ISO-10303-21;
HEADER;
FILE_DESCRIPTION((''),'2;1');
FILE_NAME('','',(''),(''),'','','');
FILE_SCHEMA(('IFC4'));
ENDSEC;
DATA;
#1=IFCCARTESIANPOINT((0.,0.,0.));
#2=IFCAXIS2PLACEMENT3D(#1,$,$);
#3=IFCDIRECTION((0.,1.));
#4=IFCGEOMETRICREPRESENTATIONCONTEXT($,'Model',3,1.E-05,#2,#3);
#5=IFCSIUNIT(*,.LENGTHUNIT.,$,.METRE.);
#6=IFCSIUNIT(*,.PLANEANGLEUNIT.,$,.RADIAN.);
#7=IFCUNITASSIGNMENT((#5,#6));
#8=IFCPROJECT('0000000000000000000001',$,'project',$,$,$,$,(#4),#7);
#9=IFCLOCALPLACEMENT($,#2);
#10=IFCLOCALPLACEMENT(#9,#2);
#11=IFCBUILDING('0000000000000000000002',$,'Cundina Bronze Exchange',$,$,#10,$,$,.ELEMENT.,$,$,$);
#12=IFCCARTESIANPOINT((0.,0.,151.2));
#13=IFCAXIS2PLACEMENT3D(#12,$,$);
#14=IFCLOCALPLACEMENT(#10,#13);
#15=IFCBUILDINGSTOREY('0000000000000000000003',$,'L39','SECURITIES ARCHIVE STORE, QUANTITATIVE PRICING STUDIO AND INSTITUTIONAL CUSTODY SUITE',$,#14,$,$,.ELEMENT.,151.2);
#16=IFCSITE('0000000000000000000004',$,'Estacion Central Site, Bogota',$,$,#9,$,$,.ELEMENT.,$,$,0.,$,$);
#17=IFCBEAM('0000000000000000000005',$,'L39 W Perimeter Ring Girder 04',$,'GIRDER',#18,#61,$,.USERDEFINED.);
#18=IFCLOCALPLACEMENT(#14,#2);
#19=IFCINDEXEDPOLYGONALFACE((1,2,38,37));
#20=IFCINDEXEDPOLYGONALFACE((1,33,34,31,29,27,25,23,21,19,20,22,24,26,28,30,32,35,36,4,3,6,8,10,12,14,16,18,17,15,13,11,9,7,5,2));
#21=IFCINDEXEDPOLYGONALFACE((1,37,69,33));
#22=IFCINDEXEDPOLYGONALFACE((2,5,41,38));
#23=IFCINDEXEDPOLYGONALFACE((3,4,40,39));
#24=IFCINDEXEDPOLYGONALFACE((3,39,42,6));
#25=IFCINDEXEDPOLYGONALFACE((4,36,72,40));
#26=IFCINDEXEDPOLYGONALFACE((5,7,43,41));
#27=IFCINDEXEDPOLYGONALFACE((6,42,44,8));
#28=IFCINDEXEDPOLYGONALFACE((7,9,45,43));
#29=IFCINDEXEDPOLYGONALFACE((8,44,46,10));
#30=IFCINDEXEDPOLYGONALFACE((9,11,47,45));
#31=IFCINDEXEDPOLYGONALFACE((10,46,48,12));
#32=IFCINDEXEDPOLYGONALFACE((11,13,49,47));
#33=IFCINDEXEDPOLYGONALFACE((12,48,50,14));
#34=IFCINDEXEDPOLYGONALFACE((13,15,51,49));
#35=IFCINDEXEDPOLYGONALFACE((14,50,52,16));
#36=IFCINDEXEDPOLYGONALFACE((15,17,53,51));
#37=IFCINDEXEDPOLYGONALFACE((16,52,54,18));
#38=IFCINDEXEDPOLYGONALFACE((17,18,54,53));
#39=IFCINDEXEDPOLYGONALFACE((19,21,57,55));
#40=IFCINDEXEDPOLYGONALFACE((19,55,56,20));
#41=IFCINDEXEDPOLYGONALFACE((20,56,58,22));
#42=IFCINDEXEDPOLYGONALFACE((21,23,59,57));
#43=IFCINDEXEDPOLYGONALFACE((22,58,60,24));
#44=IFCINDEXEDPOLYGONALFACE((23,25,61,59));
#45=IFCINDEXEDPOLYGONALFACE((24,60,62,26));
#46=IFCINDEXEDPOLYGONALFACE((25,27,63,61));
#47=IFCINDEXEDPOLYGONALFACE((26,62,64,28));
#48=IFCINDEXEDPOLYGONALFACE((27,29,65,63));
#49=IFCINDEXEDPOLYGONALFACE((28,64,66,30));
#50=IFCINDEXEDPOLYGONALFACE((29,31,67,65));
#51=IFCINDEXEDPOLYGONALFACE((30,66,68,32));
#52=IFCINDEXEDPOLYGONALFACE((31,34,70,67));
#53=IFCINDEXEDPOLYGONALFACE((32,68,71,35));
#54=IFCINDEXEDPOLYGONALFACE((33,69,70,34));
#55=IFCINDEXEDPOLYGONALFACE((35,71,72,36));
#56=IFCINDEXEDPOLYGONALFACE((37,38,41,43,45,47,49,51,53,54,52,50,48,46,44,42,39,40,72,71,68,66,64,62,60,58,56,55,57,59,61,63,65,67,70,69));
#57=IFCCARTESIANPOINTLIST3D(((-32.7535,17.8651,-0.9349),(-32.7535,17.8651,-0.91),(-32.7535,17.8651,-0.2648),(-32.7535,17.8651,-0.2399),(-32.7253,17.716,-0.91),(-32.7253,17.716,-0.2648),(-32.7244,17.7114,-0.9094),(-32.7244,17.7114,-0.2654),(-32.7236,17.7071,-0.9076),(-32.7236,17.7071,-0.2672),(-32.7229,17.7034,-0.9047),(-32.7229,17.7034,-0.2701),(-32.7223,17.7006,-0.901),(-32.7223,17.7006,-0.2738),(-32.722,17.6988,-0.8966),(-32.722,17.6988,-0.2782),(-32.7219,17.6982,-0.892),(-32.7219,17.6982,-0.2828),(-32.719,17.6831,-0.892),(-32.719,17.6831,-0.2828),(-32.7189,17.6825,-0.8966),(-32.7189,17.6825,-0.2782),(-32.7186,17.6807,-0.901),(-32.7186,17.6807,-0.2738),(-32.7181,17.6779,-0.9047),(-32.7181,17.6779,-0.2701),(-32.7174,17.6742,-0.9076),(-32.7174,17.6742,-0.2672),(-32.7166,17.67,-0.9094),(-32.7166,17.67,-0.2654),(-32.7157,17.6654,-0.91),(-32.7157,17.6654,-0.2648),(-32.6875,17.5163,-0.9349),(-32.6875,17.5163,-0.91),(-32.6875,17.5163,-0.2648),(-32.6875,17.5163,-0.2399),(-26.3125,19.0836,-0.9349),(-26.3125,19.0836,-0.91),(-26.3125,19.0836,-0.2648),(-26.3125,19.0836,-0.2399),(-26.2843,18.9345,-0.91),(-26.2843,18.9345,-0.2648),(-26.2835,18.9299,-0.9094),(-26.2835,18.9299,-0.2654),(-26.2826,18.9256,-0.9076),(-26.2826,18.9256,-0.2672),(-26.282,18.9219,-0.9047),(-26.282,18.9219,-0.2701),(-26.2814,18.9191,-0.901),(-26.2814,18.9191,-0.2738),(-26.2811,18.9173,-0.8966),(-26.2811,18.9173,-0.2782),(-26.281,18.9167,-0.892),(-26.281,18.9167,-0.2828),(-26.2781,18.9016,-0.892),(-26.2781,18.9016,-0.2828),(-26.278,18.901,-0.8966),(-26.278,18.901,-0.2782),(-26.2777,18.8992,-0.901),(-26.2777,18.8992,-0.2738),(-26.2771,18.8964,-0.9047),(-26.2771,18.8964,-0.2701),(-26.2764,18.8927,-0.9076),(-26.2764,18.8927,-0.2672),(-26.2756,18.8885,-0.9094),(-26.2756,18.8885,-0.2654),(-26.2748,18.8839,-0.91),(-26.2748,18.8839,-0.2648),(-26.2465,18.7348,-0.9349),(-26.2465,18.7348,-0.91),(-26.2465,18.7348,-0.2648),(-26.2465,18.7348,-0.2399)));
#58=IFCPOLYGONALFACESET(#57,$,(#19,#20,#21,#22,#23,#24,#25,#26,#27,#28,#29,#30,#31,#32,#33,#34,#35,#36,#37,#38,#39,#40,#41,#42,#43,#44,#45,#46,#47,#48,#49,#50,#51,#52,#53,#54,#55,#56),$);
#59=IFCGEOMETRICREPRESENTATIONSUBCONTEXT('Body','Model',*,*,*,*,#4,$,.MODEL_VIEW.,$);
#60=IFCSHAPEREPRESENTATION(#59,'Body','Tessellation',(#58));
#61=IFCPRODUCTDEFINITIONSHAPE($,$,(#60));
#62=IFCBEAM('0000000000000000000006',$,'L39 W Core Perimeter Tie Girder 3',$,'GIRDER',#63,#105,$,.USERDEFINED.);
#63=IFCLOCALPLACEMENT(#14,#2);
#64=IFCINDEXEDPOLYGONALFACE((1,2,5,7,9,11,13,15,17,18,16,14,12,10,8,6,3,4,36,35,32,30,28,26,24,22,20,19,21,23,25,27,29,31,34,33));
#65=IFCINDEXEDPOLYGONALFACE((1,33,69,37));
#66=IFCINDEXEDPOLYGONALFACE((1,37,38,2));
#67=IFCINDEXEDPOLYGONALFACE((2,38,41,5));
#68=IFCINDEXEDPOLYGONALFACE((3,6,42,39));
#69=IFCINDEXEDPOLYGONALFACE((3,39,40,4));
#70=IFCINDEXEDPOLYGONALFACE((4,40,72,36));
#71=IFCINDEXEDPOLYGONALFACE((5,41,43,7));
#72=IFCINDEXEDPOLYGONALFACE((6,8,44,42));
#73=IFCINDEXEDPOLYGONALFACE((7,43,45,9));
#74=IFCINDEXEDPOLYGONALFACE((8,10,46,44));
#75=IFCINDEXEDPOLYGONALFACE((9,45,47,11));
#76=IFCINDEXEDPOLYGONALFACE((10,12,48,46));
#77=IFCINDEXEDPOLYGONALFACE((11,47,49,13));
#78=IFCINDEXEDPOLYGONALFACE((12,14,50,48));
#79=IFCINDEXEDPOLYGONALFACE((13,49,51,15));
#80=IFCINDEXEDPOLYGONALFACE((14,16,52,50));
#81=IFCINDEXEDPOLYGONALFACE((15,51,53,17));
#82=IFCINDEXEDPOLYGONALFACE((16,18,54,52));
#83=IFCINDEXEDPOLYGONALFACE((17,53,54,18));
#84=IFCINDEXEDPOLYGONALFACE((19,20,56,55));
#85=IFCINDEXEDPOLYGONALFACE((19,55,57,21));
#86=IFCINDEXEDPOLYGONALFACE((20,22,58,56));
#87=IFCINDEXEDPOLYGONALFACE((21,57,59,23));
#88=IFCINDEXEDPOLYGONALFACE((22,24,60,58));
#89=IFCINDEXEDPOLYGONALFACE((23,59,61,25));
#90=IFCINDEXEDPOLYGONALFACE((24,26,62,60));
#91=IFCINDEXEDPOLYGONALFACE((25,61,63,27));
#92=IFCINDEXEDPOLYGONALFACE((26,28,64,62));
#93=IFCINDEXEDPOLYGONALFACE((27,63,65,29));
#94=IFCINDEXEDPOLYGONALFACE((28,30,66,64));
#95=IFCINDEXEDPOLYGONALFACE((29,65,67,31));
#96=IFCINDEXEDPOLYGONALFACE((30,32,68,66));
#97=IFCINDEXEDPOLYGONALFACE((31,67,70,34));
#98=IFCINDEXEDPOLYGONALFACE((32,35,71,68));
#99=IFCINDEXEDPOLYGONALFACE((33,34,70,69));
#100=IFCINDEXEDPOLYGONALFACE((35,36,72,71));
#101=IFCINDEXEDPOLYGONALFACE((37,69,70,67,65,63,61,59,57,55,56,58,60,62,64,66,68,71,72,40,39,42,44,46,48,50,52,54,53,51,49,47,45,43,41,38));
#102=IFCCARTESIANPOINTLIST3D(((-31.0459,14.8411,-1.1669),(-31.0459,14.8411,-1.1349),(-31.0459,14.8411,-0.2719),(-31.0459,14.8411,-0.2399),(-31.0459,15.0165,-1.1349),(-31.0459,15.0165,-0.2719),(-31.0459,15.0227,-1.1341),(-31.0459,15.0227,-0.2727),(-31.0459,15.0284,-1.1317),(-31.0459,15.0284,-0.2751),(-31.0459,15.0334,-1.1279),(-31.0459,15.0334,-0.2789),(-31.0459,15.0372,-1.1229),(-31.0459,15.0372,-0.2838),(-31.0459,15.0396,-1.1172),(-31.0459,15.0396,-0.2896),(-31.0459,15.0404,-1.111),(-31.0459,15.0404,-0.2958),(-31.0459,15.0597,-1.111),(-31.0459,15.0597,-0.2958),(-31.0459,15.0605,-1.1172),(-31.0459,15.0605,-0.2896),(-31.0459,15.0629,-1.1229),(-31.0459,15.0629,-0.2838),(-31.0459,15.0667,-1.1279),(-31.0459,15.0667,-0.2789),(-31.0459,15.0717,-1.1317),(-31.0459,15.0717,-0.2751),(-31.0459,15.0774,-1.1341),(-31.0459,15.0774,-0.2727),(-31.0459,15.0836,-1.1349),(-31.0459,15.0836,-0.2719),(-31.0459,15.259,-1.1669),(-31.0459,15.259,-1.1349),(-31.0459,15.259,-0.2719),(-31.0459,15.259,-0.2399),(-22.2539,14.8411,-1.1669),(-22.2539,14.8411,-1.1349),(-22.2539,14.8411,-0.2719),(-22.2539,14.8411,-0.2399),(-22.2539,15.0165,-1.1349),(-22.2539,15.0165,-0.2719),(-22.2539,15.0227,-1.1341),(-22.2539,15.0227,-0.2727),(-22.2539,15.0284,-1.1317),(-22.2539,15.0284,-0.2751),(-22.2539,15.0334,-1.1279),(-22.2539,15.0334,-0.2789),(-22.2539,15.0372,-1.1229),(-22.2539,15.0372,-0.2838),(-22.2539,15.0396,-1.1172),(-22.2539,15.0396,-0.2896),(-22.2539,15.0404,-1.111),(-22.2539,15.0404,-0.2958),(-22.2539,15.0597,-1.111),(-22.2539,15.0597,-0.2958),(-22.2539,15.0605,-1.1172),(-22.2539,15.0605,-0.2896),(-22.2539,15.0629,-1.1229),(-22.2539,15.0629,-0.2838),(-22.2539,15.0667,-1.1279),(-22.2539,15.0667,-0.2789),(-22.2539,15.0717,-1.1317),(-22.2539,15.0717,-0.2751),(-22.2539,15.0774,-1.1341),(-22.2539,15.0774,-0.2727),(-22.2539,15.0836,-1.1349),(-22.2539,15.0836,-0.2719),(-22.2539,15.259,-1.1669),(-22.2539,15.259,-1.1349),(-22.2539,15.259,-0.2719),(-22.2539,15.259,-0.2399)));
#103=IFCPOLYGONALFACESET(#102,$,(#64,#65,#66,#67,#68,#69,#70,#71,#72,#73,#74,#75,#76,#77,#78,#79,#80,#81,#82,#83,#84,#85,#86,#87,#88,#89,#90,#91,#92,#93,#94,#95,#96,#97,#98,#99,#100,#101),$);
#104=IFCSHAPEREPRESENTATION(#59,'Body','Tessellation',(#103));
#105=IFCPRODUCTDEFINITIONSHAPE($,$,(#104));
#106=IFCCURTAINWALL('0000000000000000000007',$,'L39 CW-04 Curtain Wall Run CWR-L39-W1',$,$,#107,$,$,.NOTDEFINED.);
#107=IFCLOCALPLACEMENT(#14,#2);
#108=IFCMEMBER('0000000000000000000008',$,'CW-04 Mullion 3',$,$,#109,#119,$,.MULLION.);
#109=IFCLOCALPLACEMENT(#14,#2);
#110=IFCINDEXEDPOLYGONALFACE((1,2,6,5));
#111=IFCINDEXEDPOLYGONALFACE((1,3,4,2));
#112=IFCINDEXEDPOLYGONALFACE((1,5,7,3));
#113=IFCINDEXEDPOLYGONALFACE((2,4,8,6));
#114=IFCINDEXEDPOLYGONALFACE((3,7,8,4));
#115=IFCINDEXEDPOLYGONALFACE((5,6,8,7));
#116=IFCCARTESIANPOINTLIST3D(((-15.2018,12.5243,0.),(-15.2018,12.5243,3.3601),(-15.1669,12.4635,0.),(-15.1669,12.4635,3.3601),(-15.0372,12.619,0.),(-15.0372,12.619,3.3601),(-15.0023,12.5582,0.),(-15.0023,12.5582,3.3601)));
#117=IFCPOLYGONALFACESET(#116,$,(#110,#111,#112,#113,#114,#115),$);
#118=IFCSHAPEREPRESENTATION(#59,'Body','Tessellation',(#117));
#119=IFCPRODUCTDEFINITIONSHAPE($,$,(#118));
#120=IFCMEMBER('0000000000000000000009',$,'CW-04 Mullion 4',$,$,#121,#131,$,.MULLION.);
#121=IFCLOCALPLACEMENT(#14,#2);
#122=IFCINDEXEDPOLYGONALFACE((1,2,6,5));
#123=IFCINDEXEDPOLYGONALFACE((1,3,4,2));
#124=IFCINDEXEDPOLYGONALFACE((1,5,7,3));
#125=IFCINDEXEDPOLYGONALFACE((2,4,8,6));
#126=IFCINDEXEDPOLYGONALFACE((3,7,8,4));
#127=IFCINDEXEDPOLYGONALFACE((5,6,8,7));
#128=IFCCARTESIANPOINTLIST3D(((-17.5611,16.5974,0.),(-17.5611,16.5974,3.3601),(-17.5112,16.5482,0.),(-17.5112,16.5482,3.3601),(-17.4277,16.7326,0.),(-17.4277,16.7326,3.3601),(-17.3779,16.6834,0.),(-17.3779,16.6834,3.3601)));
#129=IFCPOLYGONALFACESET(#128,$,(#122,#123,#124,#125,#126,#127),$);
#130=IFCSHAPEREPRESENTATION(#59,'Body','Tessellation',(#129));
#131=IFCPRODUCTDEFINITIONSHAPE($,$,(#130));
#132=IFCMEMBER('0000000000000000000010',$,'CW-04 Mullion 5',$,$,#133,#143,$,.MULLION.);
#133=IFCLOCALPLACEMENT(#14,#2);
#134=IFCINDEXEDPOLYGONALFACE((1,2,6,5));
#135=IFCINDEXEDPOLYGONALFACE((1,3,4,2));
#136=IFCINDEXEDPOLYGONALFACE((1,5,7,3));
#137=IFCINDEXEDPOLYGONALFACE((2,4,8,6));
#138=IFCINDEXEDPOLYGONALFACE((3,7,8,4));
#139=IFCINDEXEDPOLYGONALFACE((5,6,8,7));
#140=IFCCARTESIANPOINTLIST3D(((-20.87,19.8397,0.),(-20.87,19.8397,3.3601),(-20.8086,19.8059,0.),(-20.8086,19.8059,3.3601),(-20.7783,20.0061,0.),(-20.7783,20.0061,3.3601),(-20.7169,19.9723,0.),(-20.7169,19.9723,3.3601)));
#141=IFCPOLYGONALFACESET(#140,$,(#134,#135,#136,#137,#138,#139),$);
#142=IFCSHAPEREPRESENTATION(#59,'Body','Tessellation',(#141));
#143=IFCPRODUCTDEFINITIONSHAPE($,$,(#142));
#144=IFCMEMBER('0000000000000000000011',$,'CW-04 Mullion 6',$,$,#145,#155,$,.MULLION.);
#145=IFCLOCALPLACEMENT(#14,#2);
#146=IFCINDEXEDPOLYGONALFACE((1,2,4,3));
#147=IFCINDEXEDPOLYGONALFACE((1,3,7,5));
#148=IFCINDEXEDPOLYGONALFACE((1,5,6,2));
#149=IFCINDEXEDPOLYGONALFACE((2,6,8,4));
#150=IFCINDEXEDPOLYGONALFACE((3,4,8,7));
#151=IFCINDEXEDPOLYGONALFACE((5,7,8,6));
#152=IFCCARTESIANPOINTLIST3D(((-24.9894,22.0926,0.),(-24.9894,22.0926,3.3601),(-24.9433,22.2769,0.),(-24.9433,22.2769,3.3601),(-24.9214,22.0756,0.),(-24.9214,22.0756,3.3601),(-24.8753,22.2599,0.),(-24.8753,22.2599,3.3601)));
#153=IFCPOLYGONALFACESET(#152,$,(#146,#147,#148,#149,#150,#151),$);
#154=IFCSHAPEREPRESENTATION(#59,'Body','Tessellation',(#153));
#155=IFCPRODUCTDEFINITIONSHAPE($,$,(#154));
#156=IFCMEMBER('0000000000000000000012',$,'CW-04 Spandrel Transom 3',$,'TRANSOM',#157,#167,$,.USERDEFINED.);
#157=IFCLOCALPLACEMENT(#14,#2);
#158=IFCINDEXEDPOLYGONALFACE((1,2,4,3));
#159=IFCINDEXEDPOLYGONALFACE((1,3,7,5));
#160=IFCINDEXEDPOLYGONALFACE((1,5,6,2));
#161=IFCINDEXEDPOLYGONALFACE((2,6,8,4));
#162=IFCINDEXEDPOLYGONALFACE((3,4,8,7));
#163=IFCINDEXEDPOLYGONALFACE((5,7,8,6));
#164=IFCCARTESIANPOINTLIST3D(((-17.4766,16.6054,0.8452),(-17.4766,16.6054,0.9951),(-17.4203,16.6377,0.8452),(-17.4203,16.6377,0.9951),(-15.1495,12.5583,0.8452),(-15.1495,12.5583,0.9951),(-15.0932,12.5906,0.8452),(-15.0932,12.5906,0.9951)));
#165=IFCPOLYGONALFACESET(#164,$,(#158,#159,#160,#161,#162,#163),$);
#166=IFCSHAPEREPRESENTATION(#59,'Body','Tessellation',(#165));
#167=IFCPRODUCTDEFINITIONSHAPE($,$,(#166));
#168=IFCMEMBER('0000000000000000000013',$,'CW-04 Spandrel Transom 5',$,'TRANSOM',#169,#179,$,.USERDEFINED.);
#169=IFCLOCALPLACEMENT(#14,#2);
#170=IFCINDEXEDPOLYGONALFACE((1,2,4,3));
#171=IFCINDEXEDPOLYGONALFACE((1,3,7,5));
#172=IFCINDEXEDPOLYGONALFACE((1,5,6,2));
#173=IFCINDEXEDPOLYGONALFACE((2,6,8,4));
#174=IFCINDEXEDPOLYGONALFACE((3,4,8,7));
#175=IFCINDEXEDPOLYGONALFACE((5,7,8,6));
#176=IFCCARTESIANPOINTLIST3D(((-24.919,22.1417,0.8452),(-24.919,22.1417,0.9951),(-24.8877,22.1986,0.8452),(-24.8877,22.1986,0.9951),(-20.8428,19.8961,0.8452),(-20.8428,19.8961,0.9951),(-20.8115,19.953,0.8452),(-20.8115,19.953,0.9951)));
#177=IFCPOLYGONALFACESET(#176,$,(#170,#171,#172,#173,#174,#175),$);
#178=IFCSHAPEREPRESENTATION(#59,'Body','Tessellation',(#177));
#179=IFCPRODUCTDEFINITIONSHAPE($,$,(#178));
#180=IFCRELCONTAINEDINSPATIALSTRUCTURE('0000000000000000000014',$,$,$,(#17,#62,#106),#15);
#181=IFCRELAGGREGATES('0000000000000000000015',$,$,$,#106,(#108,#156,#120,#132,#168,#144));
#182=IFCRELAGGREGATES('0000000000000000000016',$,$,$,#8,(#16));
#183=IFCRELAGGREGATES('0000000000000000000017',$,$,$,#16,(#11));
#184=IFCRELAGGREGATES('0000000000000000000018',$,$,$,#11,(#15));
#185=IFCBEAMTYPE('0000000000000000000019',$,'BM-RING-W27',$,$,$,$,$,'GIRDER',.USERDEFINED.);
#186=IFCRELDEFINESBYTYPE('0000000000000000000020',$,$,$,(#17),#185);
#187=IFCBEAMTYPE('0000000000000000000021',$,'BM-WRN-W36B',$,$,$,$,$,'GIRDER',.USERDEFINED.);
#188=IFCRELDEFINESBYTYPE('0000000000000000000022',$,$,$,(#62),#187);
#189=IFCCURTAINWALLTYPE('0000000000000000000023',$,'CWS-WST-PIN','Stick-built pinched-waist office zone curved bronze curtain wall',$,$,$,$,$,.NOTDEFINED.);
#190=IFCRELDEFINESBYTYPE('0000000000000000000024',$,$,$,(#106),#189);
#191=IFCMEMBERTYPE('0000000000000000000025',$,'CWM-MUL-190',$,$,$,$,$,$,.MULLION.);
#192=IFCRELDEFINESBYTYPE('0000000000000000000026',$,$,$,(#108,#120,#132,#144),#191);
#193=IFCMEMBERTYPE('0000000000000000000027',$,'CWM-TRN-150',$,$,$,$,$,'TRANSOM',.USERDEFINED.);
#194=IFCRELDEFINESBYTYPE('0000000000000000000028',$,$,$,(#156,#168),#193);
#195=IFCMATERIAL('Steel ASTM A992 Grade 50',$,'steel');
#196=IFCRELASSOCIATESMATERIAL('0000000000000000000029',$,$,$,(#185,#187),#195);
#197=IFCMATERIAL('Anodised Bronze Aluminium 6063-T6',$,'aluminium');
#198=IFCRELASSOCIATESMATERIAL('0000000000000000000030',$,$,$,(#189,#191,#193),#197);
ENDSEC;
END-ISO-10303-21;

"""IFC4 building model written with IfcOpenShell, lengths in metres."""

from ifc_helpers import new_model, si_unit, direction, frame, origin, origin_2d, place, context, subcontext, project, spatial, rectangle, i_section, extrude, material, material_profile, profile_set, type_object, element, aggregate, save


model = new_model("IFC4")

# Units and contexts
model_context = context("Model", 3, precision=1e-05, world=origin(), true_north=direction((0.0, 1.0)))
body_context = subcontext(model_context, "Body", "Model", "MODEL_VIEW")
ifc_project = project(units=[si_unit("LENGTHUNIT", "METRE"), si_unit("PLANEANGLEUNIT", "RADIAN")], contexts=[model_context])

# Site, building, storey
site_placement = place(None, origin())
site = spatial("IfcSite", under=ifc_project, at=site_placement, Name="Estacion Central Site, Bogota", CompositionType="ELEMENT", RefElevation=0.0)
building_placement = place(site_placement, origin())
building = spatial("IfcBuilding", under=site, at=building_placement, Name="Cundina Bronze Exchange", CompositionType="ELEMENT")
storey_placement = place(building_placement, frame((0.0, 0.0, 151.2)))
storey = spatial("IfcBuildingStorey", under=building, at=storey_placement, Name="L39", Description="SECURITIES ARCHIVE STORE, QUANTITATIVE PRICING STUDIO AND INSTITUTIONAL CUSTODY SUITE", CompositionType="ELEMENT", Elevation=151.2)

# Shared definitions
ifc_material_1 = material(Name="Steel ASTM A992 Grade 50", Category="steel")

# Beams
ifc_material_profile_1 = material_profile(ifc_material_1, i_section(OverallWidth=0.355, OverallDepth=0.6951, WebThickness=0.0154, FlangeThickness=0.0249, FilletRadius=0.0181, at=origin_2d()), Name="W27X146", Category="steel")
ifc_profile_set_1 = profile_set([ifc_material_profile_1], Name="Steel ASTM A992 Grade 50")
beam_type_1 = type_object("IfcBeamType", Name="BM-RING-W27", ElementType="GIRDER", PredefinedType="USERDEFINED", material=ifc_profile_set_1)
beam_1_placement = place(storey_placement, frame((-26.2795, 18.9092, -0.5874), z_axis=(-0.982572, -0.185885, 0.0), x_axis=(0.185885, -0.982572, 0.0)))
element("IfcBeam", 1, at=beam_1_placement, inside=storey, type_object=beam_type_1, Name="L39 W Perimeter Ring Girder 04", ObjectType="GIRDER", PredefinedType="USERDEFINED", context=body_context, shape_type="SweptSolid", body=[
    extrude(i_section(OverallWidth=0.355, OverallDepth=0.6951, WebThickness=0.0154, FlangeThickness=0.0249, FilletRadius=0.0181, at=origin_2d()), origin(), (0.0, 0.0, 1.0), 6.5552),
])
ifc_material_profile_2 = material_profile(ifc_material_1, i_section(OverallWidth=0.418, OverallDepth=0.927, WebThickness=0.0193, FlangeThickness=0.032, FilletRadius=0.0239, at=origin_2d()), Name="W36X231", Category="steel")
ifc_profile_set_2 = profile_set([ifc_material_profile_2], Name="Steel ASTM A992 Grade 50")
beam_type_2 = type_object("IfcBeamType", Name="BM-WRN-W36B", ElementType="GIRDER", PredefinedType="USERDEFINED", material=ifc_profile_set_2)
beam_2_placement = place(storey_placement, frame((-22.2539, 15.05, -0.7034), z_axis=(-1.0, 0.0, 0.0), x_axis=(0.0, -1.0, 0.0)))
element("IfcBeam", 2, at=beam_2_placement, inside=storey, type_object=beam_type_2, Name="L39 W Core Perimeter Tie Girder 3", ObjectType="GIRDER", PredefinedType="USERDEFINED", context=body_context, shape_type="SweptSolid", body=[
    extrude(i_section(OverallWidth=0.418, OverallDepth=0.927, WebThickness=0.0193, FlangeThickness=0.032, FilletRadius=0.0239, at=origin_2d()), origin(), (0.0, 0.0, 1.0), 8.792),
])

# Curtain wall, members
ifc_material_2 = material(Name="Anodised Bronze Aluminium 6063-T6", Category="aluminium")
curtain_wall_type = type_object("IfcCurtainWallType", Name="CWS-WST-PIN", Description="Stick-built pinched-waist office zone curved bronze curtain wall", PredefinedType="NOTDEFINED", material=ifc_material_2)
curtain_wall_placement = place(storey_placement, origin())
curtain_wall = element("IfcCurtainWall", 3, at=curtain_wall_placement, inside=storey, type_object=curtain_wall_type, Name="L39 CW-04 Curtain Wall Run CWR-L39-W1", PredefinedType="NOTDEFINED")
ifc_material_profile_3 = material_profile(ifc_material_2, rectangle(XDim=0.0701, YDim=0.1899, at=origin_2d()), Name="AL70X190", Category="aluminium")
ifc_profile_set_3 = profile_set([ifc_material_profile_3], Name="Anodised Bronze Aluminium 6063-T6")
member_type_1 = type_object("IfcMemberType", Name="CWM-MUL-190", PredefinedType="MULLION", material=ifc_profile_set_3)
member_1_placement = place(storey_placement, frame((-15.1021, 12.5413, 0.0), z_axis=(0.0, 0.0, 1.0), x_axis=(-0.498488, 0.866897, 0.0)))
member_1 = element("IfcMember", 4, at=member_1_placement, type_object=member_type_1, Name="CW-04 Mullion 3", PredefinedType="MULLION", context=body_context, shape_type="SweptSolid", body=[
    extrude(rectangle(XDim=0.0701, YDim=0.1899, at=origin_2d()), origin(), (0.0, 0.0, 1.0), 3.3601),
])
member_2_placement = place(storey_placement, frame((-17.4695, 16.6404, 0.0), z_axis=(0.0, 0.0, 1.0), x_axis=(-0.712026, 0.702153, 0.0)))
member_2 = element("IfcMember", 5, at=member_2_placement, type_object=member_type_1, Name="CW-04 Mullion 4", PredefinedType="MULLION", context=body_context, shape_type="SweptSolid", body=[
    extrude(rectangle(XDim=0.0701, YDim=0.1899, at=origin_2d()), origin(), (0.0, 0.0, 1.0), 3.3601),
])
member_3_placement = place(storey_placement, frame((-20.7935, 19.906, 0.0), z_axis=(0.0, 0.0, 1.0), x_axis=(-0.875886, 0.482518, 0.0)))
member_3 = element("IfcMember", 6, at=member_3_placement, type_object=member_type_1, Name="CW-04 Mullion 5", PredefinedType="MULLION", context=body_context, shape_type="SweptSolid", body=[
    extrude(rectangle(XDim=0.0701, YDim=0.1899, at=origin_2d()), origin(), (0.0, 0.0, 1.0), 3.3601),
])
member_4_placement = place(storey_placement, frame((-24.9324, 22.1763, 0.0), z_axis=(0.0, 0.0, 1.0), x_axis=(-0.970084, 0.242769, 0.0)))
member_4 = element("IfcMember", 7, at=member_4_placement, type_object=member_type_1, Name="CW-04 Mullion 6", PredefinedType="MULLION", context=body_context, shape_type="SweptSolid", body=[
    extrude(rectangle(XDim=0.0701, YDim=0.1899, at=origin_2d()), origin(), (0.0, 0.0, 1.0), 3.3601),
])
ifc_material_profile_4 = material_profile(ifc_material_2, rectangle(XDim=0.0649, YDim=0.1499, at=origin_2d()), Name="AL65X150", Category="aluminium")
ifc_profile_set_4 = profile_set([ifc_material_profile_4], Name="Anodised Bronze Aluminium 6063-T6")
member_type_2 = type_object("IfcMemberType", Name="CWM-TRN-150", ElementType="TRANSOM", PredefinedType="USERDEFINED", material=ifc_profile_set_4)
member_5_placement = place(storey_placement, frame((-15.1213, 12.5745, 0.9202), z_axis=(-0.49848, 0.866901, 0.0), x_axis=(-0.866901, -0.49848, 0.0)))
member_5 = element("IfcMember", 8, at=member_5_placement, type_object=member_type_2, Name="CW-04 Spandrel Transom 3", ObjectType="TRANSOM", PredefinedType="USERDEFINED", context=body_context, shape_type="SweptSolid", body=[
    extrude(rectangle(XDim=0.0649, YDim=0.1499, at=origin_2d()), origin(), (0.0, 0.0, 1.0), 4.6685),
])
member_6_placement = place(storey_placement, frame((-20.8271, 19.9246, 0.9202), z_axis=(-0.875879, 0.482531, 0.0), x_axis=(-0.482531, -0.875879, 0.0)))
member_6 = element("IfcMember", 9, at=member_6_placement, type_object=member_type_2, Name="CW-04 Spandrel Transom 5", ObjectType="TRANSOM", PredefinedType="USERDEFINED", context=body_context, shape_type="SweptSolid", body=[
    extrude(rectangle(XDim=0.0649, YDim=0.1499, at=origin_2d()), origin(), (0.0, 0.0, 1.0), 4.6538),
])
aggregate(curtain_wall, [member_1, member_5, member_2, member_3, member_6, member_4])

save(model, "model.ifc")
